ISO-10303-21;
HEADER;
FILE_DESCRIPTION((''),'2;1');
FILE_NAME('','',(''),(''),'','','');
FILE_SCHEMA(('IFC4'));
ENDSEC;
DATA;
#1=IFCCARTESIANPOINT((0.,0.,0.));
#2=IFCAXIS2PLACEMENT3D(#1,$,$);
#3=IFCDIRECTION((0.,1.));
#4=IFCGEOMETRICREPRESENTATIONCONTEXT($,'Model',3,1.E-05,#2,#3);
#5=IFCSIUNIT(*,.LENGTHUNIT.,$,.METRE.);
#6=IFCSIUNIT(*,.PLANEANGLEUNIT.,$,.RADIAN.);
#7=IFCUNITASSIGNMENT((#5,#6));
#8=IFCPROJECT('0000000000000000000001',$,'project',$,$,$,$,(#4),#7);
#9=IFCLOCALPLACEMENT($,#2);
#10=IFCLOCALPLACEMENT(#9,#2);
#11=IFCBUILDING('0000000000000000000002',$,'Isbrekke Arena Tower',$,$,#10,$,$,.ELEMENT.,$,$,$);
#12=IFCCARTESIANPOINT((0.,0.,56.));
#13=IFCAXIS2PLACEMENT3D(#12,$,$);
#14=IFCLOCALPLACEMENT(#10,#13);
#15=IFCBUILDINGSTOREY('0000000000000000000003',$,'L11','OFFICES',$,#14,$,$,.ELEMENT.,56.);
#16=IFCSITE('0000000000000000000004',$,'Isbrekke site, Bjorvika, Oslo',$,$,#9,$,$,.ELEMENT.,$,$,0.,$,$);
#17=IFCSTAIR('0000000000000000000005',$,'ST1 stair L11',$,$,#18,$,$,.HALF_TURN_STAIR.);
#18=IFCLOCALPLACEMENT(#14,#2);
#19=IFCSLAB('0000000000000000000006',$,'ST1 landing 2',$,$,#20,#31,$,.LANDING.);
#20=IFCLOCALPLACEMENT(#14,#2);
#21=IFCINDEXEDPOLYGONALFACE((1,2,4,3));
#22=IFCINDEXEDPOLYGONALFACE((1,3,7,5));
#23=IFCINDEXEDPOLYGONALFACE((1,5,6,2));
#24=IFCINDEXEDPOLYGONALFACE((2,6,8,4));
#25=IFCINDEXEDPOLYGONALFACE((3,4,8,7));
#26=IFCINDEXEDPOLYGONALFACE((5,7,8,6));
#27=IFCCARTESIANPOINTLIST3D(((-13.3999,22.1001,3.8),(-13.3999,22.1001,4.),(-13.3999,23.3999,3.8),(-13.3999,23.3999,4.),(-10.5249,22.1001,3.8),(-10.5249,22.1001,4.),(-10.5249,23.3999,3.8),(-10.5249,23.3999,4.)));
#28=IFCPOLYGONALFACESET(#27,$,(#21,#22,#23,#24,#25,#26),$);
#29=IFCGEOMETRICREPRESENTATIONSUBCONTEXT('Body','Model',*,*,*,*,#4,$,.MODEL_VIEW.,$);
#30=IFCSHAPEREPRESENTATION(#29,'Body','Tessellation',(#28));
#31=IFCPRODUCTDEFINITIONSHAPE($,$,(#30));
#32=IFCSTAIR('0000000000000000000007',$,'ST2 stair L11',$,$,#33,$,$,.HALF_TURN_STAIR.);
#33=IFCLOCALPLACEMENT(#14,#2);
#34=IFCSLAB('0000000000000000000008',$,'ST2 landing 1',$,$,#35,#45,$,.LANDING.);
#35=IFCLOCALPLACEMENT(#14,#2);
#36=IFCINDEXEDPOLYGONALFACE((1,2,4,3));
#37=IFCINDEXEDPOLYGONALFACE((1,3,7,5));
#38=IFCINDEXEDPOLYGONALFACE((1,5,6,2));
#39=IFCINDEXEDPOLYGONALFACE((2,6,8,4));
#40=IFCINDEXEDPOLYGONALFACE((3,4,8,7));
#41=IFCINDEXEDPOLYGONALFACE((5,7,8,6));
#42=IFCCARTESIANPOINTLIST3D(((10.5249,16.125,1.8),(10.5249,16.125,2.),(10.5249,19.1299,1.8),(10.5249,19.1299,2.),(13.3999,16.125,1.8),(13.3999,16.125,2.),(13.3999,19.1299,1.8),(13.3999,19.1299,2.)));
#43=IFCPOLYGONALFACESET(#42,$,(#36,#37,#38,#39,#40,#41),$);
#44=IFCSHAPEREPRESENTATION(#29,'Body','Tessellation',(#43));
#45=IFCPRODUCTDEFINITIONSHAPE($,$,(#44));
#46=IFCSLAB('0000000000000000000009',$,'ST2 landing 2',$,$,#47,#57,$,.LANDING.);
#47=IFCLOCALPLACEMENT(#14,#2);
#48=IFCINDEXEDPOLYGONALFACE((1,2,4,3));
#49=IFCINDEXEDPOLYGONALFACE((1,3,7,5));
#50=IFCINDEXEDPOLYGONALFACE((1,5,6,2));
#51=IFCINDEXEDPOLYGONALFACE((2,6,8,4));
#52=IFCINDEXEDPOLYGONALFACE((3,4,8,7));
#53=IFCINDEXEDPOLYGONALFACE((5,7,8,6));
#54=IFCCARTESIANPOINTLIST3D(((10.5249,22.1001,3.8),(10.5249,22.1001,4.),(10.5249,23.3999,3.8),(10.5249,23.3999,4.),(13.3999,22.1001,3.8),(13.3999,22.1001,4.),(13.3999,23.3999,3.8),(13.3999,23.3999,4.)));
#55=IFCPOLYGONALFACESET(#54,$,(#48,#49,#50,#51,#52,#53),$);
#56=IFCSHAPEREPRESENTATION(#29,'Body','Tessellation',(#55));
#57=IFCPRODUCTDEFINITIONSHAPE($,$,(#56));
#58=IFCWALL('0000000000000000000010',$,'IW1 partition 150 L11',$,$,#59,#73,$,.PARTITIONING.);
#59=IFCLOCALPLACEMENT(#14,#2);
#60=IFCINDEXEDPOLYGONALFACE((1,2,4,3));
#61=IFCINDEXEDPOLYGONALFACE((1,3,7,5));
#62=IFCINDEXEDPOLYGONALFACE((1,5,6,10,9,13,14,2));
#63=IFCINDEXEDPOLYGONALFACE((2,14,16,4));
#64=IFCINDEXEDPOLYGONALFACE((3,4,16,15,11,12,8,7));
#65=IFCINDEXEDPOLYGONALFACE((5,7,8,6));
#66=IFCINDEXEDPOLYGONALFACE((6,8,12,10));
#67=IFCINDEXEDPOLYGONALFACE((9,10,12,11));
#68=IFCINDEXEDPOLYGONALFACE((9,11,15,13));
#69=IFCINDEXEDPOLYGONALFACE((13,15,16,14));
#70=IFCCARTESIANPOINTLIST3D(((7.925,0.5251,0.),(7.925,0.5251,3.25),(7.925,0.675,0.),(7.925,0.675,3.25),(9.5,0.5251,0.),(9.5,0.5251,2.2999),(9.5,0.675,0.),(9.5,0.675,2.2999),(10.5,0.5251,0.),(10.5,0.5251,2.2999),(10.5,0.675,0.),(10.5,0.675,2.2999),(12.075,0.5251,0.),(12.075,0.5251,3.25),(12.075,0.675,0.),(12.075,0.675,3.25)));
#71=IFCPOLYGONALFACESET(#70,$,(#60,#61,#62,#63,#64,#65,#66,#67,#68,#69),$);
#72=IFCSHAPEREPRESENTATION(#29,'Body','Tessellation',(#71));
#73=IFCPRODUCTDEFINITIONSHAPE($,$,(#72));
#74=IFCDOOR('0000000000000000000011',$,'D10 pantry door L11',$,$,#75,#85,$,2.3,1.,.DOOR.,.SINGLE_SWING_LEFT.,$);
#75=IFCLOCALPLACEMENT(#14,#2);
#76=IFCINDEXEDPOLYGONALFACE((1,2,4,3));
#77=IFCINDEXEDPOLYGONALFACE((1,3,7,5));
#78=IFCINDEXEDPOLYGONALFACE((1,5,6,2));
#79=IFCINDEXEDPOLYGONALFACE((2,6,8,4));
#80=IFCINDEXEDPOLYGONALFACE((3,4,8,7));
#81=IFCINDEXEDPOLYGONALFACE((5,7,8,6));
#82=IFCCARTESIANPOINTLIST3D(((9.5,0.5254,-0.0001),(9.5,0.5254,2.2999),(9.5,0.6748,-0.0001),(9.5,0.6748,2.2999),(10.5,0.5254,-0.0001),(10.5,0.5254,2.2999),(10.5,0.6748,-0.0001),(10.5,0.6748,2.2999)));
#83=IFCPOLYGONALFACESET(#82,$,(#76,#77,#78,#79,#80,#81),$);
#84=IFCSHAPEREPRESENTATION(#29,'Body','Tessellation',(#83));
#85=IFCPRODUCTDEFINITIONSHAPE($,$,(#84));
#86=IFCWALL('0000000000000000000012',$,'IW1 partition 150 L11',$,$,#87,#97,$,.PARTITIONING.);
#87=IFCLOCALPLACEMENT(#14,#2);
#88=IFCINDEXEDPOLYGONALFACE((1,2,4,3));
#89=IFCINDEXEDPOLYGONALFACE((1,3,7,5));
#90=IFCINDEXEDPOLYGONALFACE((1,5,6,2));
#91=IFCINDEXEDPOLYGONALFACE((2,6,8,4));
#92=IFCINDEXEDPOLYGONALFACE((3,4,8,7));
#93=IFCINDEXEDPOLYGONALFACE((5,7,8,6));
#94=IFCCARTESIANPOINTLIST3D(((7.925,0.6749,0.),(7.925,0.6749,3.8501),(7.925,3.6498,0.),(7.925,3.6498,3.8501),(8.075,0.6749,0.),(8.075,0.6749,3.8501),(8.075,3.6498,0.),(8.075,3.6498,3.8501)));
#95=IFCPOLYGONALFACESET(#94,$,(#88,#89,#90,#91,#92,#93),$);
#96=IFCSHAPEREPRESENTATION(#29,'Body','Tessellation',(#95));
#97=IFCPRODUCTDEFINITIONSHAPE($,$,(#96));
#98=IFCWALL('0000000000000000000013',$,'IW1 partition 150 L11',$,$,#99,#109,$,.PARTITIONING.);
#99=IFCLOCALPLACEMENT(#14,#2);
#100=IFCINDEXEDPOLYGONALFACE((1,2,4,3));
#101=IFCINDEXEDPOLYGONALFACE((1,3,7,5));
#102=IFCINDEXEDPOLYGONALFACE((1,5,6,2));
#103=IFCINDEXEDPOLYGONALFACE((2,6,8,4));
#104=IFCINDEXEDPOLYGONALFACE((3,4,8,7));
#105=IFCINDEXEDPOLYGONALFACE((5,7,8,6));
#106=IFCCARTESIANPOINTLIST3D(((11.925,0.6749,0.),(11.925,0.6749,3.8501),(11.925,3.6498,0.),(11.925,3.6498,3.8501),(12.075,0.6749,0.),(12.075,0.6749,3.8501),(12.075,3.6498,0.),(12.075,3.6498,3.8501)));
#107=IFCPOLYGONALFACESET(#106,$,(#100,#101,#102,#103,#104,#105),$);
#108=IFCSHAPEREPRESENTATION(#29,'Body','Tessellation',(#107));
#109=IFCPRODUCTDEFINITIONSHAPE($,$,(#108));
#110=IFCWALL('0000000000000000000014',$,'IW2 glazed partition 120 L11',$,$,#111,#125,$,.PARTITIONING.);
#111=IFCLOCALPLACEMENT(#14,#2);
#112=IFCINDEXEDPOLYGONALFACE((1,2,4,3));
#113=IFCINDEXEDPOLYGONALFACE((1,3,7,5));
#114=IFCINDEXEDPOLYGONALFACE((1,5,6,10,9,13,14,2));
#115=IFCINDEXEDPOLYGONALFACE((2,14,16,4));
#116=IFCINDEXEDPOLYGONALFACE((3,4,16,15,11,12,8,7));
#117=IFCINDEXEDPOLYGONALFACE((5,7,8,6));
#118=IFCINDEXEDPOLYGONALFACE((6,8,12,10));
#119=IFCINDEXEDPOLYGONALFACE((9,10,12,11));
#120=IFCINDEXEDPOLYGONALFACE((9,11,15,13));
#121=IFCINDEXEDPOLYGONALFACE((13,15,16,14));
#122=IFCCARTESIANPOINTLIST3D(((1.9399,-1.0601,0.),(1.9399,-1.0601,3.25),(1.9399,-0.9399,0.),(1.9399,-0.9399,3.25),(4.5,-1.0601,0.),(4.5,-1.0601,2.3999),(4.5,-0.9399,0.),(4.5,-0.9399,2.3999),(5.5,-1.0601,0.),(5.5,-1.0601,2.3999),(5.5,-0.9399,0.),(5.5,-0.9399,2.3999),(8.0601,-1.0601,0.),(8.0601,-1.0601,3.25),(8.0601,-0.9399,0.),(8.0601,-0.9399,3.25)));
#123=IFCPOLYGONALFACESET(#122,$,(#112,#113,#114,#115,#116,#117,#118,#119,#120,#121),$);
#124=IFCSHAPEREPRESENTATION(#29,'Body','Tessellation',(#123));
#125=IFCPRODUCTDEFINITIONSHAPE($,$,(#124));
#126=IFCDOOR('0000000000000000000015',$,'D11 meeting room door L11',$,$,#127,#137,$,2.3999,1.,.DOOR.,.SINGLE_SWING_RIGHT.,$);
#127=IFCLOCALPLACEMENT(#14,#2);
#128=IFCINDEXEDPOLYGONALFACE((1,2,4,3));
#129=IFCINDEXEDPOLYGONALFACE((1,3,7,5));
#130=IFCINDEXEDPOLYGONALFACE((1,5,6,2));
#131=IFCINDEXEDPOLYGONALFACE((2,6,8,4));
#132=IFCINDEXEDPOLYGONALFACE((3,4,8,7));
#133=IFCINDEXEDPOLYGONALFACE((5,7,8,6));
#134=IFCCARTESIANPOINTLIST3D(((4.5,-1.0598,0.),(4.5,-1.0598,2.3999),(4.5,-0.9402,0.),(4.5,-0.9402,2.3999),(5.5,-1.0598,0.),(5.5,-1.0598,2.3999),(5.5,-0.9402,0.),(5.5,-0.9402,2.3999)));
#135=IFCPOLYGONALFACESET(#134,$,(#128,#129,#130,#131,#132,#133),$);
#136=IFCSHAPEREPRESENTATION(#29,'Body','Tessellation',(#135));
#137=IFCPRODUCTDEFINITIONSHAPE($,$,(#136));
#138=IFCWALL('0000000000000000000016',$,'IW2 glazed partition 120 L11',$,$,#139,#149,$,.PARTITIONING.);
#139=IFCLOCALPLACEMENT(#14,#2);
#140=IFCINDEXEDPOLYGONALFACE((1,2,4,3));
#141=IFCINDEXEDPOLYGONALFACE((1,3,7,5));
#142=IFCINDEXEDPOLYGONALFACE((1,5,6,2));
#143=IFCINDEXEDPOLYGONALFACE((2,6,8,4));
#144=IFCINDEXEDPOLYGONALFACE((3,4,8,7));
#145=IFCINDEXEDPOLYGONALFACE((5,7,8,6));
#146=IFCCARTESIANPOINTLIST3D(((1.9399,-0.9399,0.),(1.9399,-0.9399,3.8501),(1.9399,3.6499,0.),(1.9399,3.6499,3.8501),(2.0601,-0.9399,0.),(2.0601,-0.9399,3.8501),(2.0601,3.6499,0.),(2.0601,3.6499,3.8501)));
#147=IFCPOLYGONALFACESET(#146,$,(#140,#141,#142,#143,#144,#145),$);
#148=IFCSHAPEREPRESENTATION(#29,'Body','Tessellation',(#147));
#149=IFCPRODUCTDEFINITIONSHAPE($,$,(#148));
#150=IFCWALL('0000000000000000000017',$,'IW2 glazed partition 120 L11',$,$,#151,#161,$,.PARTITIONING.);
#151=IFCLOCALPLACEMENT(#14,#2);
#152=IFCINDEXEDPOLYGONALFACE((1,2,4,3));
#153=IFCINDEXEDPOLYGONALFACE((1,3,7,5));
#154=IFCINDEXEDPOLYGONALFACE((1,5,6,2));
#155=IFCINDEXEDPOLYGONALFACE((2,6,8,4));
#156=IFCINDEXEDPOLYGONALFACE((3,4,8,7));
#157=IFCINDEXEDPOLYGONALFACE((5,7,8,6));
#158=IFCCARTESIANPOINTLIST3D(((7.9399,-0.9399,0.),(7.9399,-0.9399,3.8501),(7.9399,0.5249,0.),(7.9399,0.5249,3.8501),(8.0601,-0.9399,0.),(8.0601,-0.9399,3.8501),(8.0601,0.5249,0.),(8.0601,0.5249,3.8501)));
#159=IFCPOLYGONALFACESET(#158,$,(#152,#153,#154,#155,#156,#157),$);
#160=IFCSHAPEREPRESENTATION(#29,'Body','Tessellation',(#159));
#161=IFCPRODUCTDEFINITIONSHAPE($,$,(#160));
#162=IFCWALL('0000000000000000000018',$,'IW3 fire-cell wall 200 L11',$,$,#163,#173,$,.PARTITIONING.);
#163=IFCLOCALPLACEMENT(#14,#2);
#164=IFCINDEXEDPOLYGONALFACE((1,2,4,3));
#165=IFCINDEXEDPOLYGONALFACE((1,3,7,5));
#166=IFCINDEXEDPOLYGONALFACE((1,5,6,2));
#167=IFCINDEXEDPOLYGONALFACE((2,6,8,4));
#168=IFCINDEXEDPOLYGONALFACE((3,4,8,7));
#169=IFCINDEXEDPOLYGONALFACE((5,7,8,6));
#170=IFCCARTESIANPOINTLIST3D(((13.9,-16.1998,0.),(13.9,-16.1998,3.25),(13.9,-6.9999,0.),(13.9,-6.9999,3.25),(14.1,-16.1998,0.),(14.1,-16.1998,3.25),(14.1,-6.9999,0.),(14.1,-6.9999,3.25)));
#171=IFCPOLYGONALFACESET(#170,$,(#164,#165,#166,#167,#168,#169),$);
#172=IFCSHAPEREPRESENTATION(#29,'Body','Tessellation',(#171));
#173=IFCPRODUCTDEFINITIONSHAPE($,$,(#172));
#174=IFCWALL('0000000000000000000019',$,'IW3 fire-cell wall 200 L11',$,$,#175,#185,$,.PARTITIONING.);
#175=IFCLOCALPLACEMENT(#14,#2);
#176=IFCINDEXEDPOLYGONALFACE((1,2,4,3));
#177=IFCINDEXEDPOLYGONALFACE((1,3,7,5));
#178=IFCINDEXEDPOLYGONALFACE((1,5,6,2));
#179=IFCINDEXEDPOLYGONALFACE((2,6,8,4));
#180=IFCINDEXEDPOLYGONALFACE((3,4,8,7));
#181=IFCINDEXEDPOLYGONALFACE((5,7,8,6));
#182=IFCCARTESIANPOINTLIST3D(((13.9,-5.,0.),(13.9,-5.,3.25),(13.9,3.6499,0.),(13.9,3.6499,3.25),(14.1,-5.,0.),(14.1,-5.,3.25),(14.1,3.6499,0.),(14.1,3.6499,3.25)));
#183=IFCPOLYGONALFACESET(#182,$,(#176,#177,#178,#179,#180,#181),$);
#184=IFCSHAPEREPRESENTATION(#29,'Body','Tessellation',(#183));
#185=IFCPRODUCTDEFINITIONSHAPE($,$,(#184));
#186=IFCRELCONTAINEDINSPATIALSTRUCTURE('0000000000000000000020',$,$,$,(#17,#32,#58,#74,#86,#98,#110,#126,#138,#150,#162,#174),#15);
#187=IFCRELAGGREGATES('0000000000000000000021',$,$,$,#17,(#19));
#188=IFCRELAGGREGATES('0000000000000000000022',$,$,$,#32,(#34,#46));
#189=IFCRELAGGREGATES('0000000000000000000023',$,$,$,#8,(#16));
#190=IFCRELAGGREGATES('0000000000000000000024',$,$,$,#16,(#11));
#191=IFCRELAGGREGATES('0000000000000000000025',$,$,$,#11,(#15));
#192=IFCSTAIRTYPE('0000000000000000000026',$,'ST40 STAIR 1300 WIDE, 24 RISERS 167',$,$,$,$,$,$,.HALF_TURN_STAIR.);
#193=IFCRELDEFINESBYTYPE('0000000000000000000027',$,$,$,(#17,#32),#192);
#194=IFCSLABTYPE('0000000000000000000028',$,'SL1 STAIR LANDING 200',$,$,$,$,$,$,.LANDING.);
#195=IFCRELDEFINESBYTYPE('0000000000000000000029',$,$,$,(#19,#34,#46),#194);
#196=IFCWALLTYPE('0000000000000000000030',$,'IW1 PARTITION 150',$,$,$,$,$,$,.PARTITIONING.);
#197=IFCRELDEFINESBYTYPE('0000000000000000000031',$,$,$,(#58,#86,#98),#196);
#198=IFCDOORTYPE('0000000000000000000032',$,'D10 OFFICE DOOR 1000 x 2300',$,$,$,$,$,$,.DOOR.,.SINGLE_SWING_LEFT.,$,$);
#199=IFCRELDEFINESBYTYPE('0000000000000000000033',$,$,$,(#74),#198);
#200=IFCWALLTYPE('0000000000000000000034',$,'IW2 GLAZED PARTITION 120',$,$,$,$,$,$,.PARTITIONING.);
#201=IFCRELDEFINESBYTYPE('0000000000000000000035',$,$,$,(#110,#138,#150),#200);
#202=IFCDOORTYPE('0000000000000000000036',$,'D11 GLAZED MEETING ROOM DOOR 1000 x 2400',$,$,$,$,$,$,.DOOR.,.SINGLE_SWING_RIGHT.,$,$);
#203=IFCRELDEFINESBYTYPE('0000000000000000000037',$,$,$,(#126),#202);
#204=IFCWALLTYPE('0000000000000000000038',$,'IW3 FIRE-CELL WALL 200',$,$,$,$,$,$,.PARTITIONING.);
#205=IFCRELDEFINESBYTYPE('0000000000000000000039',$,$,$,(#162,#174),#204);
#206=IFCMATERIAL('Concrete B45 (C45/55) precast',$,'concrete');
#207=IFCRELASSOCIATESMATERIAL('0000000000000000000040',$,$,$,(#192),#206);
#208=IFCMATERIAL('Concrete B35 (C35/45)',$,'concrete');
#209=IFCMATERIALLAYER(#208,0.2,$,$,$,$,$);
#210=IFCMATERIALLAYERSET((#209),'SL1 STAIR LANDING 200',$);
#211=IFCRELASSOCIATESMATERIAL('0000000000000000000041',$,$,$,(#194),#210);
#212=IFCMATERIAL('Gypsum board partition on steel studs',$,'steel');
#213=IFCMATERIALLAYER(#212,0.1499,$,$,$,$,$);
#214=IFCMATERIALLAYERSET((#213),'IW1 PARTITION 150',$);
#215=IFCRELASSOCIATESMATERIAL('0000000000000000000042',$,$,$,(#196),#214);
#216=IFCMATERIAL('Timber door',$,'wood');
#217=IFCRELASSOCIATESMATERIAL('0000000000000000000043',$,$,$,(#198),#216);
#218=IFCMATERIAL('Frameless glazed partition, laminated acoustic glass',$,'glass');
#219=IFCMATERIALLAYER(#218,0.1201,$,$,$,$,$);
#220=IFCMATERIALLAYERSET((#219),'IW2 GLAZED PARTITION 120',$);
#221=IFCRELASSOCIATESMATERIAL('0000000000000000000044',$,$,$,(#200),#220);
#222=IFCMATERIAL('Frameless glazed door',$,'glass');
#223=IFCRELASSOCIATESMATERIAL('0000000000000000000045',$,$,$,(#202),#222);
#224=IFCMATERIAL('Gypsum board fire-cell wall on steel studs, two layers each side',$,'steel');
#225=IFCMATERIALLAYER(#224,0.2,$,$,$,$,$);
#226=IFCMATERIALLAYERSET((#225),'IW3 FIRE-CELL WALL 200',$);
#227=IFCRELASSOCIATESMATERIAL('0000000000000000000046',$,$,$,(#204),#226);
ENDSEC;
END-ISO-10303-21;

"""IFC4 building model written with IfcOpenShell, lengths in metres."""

from ifc_helpers import new_model, si_unit, direction, frame, frame_2d, origin, place, context, subcontext, project, spatial, polyline, rectangle, outline, extrude, material, layer, layer_set, type_object, element, fill, aggregate, save


model = new_model("IFC4")

# Units and contexts
model_context = context("Model", 3, precision=1e-05, world=origin(), true_north=direction((0.0, 1.0)))
body_context = subcontext(model_context, "Body", "Model", "MODEL_VIEW")
ifc_project = project(units=[si_unit("LENGTHUNIT", "METRE"), si_unit("PLANEANGLEUNIT", "RADIAN")], contexts=[model_context])

# Site, building, storey
site_placement = place(None, origin())
site = spatial("IfcSite", under=ifc_project, at=site_placement, Name="Isbrekke site, Bjorvika, Oslo", CompositionType="ELEMENT", RefElevation=0.0)
building_placement = place(site_placement, origin())
building = spatial("IfcBuilding", under=site, at=building_placement, Name="Isbrekke Arena Tower", CompositionType="ELEMENT")
storey_placement = place(building_placement, frame((0.0, 0.0, 56.0)))
storey = spatial("IfcBuildingStorey", under=building, at=storey_placement, Name="L11", Description="OFFICES", CompositionType="ELEMENT", Elevation=56.0)

# Stairs, slabs
ifc_material_1 = material(Name="Concrete B45 (C45/55) precast", Category="concrete")
stair_type = type_object("IfcStairType", Name="ST40 STAIR 1300 WIDE, 24 RISERS 167", PredefinedType="HALF_TURN_STAIR", material=ifc_material_1)
stair_1_placement = place(storey_placement, origin())
stair_1 = element("IfcStair", 1, at=stair_1_placement, inside=storey, type_object=stair_type, Name="ST1 stair L11", PredefinedType="HALF_TURN_STAIR")
ifc_material_2 = material(Name="Concrete B35 (C35/45)", Category="concrete")
ifc_layer_1 = layer(ifc_material_2, 0.2)
ifc_layer_set_1 = layer_set([ifc_layer_1], Name="SL1 STAIR LANDING 200")
slab_type_1 = type_object("IfcSlabType", Name="SL1 STAIR LANDING 200", PredefinedType="LANDING", material=ifc_layer_set_1)
slab_1_placement = place(storey_placement, frame((0.0, 0.0, 3.8)))
slab_1 = element("IfcSlab", 2, at=slab_1_placement, type_object=slab_type_1, Name="ST1 landing 2", PredefinedType="LANDING", context=body_context, shape_type="SweptSolid", body=[
    extrude(outline(polyline([(-13.3999, 22.1001), (-10.5249, 22.1001), (-10.5249, 23.3999), (-13.3999, 23.3999), (-13.3999, 22.1001)])), origin(), (0.0, 0.0, 1.0), 0.2),
])
aggregate(stair_1, [slab_1])
stair_2_placement = place(storey_placement, origin())
stair_2 = element("IfcStair", 3, at=stair_2_placement, inside=storey, type_object=stair_type, Name="ST2 stair L11", PredefinedType="HALF_TURN_STAIR")
slab_2_placement = place(storey_placement, frame((0.0, 0.0, 1.8)))
slab_2 = element("IfcSlab", 4, at=slab_2_placement, type_object=slab_type_1, Name="ST2 landing 1", PredefinedType="LANDING", context=body_context, shape_type="SweptSolid", body=[
    extrude(outline(polyline([(10.5249, 16.125), (13.3999, 16.125), (13.3999, 19.1299), (10.5249, 19.1299), (10.5249, 16.125)])), origin(), (0.0, 0.0, 1.0), 0.2),
])
slab_3_placement = place(storey_placement, frame((0.0, 0.0, 3.8)))
slab_3 = element("IfcSlab", 5, at=slab_3_placement, type_object=slab_type_1, Name="ST2 landing 2", PredefinedType="LANDING", context=body_context, shape_type="SweptSolid", body=[
    extrude(outline(polyline([(10.5249, 22.1001), (13.3999, 22.1001), (13.3999, 23.3999), (10.5249, 23.3999), (10.5249, 22.1001)])), origin(), (0.0, 0.0, 1.0), 0.2),
])
aggregate(stair_2, [slab_2, slab_3])

# Wall, opening, door
ifc_material_3 = material(Name="Gypsum board partition on steel studs", Category="steel")
ifc_layer_2 = layer(ifc_material_3, 0.1499)
ifc_layer_set_2 = layer_set([ifc_layer_2], Name="IW1 PARTITION 150")
wall_type_1 = type_object("IfcWallType", Name="IW1 PARTITION 150", PredefinedType="PARTITIONING", material=ifc_layer_set_2)
wall_1_placement = place(storey_placement, frame((7.925, 0.6001, 0.0), z_axis=(0.0, 0.0, 1.0), x_axis=(1.0, 0.0, 0.0)))
wall_1 = element("IfcWall", 6, at=wall_1_placement, inside=storey, type_object=wall_type_1, Name="IW1 partition 150 L11", PredefinedType="PARTITIONING", context=body_context, shape_type="SweptSolid", body=[
    extrude(rectangle(XDim=4.1499, YDim=0.1499, at=frame_2d((2.075, 0.0))), origin(), (0.0, 0.0, 1.0), 3.25),
])
opening_1_placement = place(wall_1_placement, frame((1.575, 0.0, 0.0)))
opening_1 = element("IfcOpeningElement", 7, at=opening_1_placement, cuts=wall_1, PredefinedType="OPENING", context=body_context, shape_type="SweptSolid", body=[
    extrude(rectangle(XDim=1.0, YDim=2.3, at=frame_2d((0.5, 1.1499))), frame((0.0, 0.0898, 0.0), z_axis=(0.0, -1.0, 0.0), x_axis=(1.0, 0.0, 0.0)), (0.0, 0.0, 1.0), 0.1797),
])
ifc_material_4 = material(Name="Timber door", Category="wood")
door_type_1 = type_object("IfcDoorType", Name="D10 OFFICE DOOR 1000 x 2300", OperationType="SINGLE_SWING_LEFT", PredefinedType="DOOR", material=ifc_material_4)
door_1_placement = place(opening_1_placement, origin())
door_1 = element("IfcDoor", 8, at=door_1_placement, inside=storey, type_object=door_type_1, Name="D10 pantry door L11", OperationType="SINGLE_SWING_LEFT", OverallHeight=2.3, OverallWidth=1.0, PredefinedType="DOOR", context=body_context, shape_type="SweptSolid", body=[
    extrude(rectangle(XDim=1.0, YDim=2.3, at=frame_2d((0.5, 1.1499))), frame((0.0, 0.0747, 0.0), z_axis=(0.0, -1.0, 0.0), x_axis=(1.0, 0.0, 0.0)), (0.0, 0.0, 1.0), 0.1494),
])
fill(opening_1, door_1)

# Walls
for number, where, z_axis, x_axis, name in (
    (9, (8.0, 0.675, 0.0), (0.0, 0.0, 1.0), (0.0, 1.0, 0.0), "IW1 partition 150 L11"),
    (10, (12.0, 0.675, 0.0), (0.0, 0.0, 1.0), (0.0, 1.0, 0.0), "IW1 partition 150 L11"),
):
    element("IfcWall", number, at=place(storey_placement, frame(where, z_axis=z_axis, x_axis=x_axis)), inside=storey, type_object=wall_type_1, Name=name, PredefinedType="PARTITIONING", context=body_context, shape_type="SweptSolid", body=[
        extrude(rectangle(XDim=2.9749, YDim=0.1499, at=frame_2d((1.4873, 0.0))), origin(), (0.0, 0.0, 1.0), 3.8501),
    ])

# Wall, opening, door
ifc_material_5 = material(Name="Frameless glazed partition, laminated acoustic glass", Category="glass")
ifc_layer_3 = layer(ifc_material_5, 0.1201)
ifc_layer_set_3 = layer_set([ifc_layer_3], Name="IW2 GLAZED PARTITION 120")
wall_type_2 = type_object("IfcWallType", Name="IW2 GLAZED PARTITION 120", PredefinedType="PARTITIONING", material=ifc_layer_set_3)
wall_2_placement = place(storey_placement, frame((1.9399, -1.0, 0.0), z_axis=(0.0, 0.0, 1.0), x_axis=(1.0, 0.0, 0.0)))
wall_2 = element("IfcWall", 11, at=wall_2_placement, inside=storey, type_object=wall_type_2, Name="IW2 glazed partition 120 L11", PredefinedType="PARTITIONING", context=body_context, shape_type="SweptSolid", body=[
    extrude(rectangle(XDim=6.1201, YDim=0.1201, at=frame_2d((3.0601, 0.0))), origin(), (0.0, 0.0, 1.0), 3.25),
])
opening_2_placement = place(wall_2_placement, frame((2.5601, 0.0, 0.0)))
opening_2 = element("IfcOpeningElement", 12, at=opening_2_placement, cuts=wall_2, PredefinedType="OPENING", context=body_context, shape_type="SweptSolid", body=[
    extrude(rectangle(XDim=1.0, YDim=2.3999, at=frame_2d((0.5, 1.2))), frame((0.0, 0.075, 0.0), z_axis=(0.0, -1.0, 0.0), x_axis=(1.0, 0.0, 0.0)), (0.0, 0.0, 1.0), 0.1499),
])
ifc_material_6 = material(Name="Frameless glazed door", Category="glass")
door_type_2 = type_object("IfcDoorType", Name="D11 GLAZED MEETING ROOM DOOR 1000 x 2400", OperationType="SINGLE_SWING_RIGHT", PredefinedType="DOOR", material=ifc_material_6)
door_2_placement = place(opening_2_placement, origin())
door_2 = element("IfcDoor", 13, at=door_2_placement, inside=storey, type_object=door_type_2, Name="D11 meeting room door L11", OperationType="SINGLE_SWING_RIGHT", OverallHeight=2.3999, OverallWidth=1.0, PredefinedType="DOOR", context=body_context, shape_type="SweptSolid", body=[
    extrude(rectangle(XDim=1.0, YDim=2.3999, at=frame_2d((0.5, 1.2))), frame((0.0, 0.0598, 0.0), z_axis=(0.0, -1.0, 0.0), x_axis=(1.0, 0.0, 0.0)), (0.0, 0.0, 1.0), 0.1196),
])
fill(opening_2, door_2)

# Walls
wall_3_placement = place(storey_placement, frame((2.0, -0.9399, 0.0), z_axis=(0.0, 0.0, 1.0), x_axis=(0.0, 1.0, 0.0)))
element("IfcWall", 14, at=wall_3_placement, inside=storey, type_object=wall_type_2, Name="IW2 glazed partition 120 L11", PredefinedType="PARTITIONING", context=body_context, shape_type="SweptSolid", body=[
    extrude(rectangle(XDim=4.5898, YDim=0.1201, at=frame_2d((2.2949, 0.0))), origin(), (0.0, 0.0, 1.0), 3.8501),
])
wall_4_placement = place(storey_placement, frame((8.0, -0.9399, 0.0), z_axis=(0.0, 0.0, 1.0), x_axis=(0.0, 1.0, 0.0)))
element("IfcWall", 15, at=wall_4_placement, inside=storey, type_object=wall_type_2, Name="IW2 glazed partition 120 L11", PredefinedType="PARTITIONING", context=body_context, shape_type="SweptSolid", body=[
    extrude(rectangle(XDim=1.4648, YDim=0.1201, at=frame_2d((0.7324, 0.0))), origin(), (0.0, 0.0, 1.0), 3.8501),
])
ifc_material_7 = material(Name="Gypsum board fire-cell wall on steel studs, two layers each side", Category="steel")
ifc_layer_4 = layer(ifc_material_7, 0.2)
ifc_layer_set_4 = layer_set([ifc_layer_4], Name="IW3 FIRE-CELL WALL 200")
wall_type_3 = type_object("IfcWallType", Name="IW3 FIRE-CELL WALL 200", PredefinedType="PARTITIONING", material=ifc_layer_set_4)
wall_5_placement = place(storey_placement, frame((14.0, -16.2, 0.0), z_axis=(0.0, 0.0, 1.0), x_axis=(0.0, 1.0, 0.0)))
element("IfcWall", 16, at=wall_5_placement, inside=storey, type_object=wall_type_3, Name="IW3 fire-cell wall 200 L11", PredefinedType="PARTITIONING", context=body_context, shape_type="SweptSolid", body=[
    extrude(rectangle(XDim=9.2, YDim=0.2, at=frame_2d((4.6001, 0.0))), origin(), (0.0, 0.0, 1.0), 3.25),
])
wall_6_placement = place(storey_placement, frame((14.0, -5.0, 0.0), z_axis=(0.0, 0.0, 1.0), x_axis=(0.0, 1.0, 0.0)))
element("IfcWall", 17, at=wall_6_placement, inside=storey, type_object=wall_type_3, Name="IW3 fire-cell wall 200 L11", PredefinedType="PARTITIONING", context=body_context, shape_type="SweptSolid", body=[
    extrude(rectangle(XDim=8.6499, YDim=0.2, at=frame_2d((4.325, 0.0))), origin(), (0.0, 0.0, 1.0), 3.25),
])

save(model, "model.ifc")
